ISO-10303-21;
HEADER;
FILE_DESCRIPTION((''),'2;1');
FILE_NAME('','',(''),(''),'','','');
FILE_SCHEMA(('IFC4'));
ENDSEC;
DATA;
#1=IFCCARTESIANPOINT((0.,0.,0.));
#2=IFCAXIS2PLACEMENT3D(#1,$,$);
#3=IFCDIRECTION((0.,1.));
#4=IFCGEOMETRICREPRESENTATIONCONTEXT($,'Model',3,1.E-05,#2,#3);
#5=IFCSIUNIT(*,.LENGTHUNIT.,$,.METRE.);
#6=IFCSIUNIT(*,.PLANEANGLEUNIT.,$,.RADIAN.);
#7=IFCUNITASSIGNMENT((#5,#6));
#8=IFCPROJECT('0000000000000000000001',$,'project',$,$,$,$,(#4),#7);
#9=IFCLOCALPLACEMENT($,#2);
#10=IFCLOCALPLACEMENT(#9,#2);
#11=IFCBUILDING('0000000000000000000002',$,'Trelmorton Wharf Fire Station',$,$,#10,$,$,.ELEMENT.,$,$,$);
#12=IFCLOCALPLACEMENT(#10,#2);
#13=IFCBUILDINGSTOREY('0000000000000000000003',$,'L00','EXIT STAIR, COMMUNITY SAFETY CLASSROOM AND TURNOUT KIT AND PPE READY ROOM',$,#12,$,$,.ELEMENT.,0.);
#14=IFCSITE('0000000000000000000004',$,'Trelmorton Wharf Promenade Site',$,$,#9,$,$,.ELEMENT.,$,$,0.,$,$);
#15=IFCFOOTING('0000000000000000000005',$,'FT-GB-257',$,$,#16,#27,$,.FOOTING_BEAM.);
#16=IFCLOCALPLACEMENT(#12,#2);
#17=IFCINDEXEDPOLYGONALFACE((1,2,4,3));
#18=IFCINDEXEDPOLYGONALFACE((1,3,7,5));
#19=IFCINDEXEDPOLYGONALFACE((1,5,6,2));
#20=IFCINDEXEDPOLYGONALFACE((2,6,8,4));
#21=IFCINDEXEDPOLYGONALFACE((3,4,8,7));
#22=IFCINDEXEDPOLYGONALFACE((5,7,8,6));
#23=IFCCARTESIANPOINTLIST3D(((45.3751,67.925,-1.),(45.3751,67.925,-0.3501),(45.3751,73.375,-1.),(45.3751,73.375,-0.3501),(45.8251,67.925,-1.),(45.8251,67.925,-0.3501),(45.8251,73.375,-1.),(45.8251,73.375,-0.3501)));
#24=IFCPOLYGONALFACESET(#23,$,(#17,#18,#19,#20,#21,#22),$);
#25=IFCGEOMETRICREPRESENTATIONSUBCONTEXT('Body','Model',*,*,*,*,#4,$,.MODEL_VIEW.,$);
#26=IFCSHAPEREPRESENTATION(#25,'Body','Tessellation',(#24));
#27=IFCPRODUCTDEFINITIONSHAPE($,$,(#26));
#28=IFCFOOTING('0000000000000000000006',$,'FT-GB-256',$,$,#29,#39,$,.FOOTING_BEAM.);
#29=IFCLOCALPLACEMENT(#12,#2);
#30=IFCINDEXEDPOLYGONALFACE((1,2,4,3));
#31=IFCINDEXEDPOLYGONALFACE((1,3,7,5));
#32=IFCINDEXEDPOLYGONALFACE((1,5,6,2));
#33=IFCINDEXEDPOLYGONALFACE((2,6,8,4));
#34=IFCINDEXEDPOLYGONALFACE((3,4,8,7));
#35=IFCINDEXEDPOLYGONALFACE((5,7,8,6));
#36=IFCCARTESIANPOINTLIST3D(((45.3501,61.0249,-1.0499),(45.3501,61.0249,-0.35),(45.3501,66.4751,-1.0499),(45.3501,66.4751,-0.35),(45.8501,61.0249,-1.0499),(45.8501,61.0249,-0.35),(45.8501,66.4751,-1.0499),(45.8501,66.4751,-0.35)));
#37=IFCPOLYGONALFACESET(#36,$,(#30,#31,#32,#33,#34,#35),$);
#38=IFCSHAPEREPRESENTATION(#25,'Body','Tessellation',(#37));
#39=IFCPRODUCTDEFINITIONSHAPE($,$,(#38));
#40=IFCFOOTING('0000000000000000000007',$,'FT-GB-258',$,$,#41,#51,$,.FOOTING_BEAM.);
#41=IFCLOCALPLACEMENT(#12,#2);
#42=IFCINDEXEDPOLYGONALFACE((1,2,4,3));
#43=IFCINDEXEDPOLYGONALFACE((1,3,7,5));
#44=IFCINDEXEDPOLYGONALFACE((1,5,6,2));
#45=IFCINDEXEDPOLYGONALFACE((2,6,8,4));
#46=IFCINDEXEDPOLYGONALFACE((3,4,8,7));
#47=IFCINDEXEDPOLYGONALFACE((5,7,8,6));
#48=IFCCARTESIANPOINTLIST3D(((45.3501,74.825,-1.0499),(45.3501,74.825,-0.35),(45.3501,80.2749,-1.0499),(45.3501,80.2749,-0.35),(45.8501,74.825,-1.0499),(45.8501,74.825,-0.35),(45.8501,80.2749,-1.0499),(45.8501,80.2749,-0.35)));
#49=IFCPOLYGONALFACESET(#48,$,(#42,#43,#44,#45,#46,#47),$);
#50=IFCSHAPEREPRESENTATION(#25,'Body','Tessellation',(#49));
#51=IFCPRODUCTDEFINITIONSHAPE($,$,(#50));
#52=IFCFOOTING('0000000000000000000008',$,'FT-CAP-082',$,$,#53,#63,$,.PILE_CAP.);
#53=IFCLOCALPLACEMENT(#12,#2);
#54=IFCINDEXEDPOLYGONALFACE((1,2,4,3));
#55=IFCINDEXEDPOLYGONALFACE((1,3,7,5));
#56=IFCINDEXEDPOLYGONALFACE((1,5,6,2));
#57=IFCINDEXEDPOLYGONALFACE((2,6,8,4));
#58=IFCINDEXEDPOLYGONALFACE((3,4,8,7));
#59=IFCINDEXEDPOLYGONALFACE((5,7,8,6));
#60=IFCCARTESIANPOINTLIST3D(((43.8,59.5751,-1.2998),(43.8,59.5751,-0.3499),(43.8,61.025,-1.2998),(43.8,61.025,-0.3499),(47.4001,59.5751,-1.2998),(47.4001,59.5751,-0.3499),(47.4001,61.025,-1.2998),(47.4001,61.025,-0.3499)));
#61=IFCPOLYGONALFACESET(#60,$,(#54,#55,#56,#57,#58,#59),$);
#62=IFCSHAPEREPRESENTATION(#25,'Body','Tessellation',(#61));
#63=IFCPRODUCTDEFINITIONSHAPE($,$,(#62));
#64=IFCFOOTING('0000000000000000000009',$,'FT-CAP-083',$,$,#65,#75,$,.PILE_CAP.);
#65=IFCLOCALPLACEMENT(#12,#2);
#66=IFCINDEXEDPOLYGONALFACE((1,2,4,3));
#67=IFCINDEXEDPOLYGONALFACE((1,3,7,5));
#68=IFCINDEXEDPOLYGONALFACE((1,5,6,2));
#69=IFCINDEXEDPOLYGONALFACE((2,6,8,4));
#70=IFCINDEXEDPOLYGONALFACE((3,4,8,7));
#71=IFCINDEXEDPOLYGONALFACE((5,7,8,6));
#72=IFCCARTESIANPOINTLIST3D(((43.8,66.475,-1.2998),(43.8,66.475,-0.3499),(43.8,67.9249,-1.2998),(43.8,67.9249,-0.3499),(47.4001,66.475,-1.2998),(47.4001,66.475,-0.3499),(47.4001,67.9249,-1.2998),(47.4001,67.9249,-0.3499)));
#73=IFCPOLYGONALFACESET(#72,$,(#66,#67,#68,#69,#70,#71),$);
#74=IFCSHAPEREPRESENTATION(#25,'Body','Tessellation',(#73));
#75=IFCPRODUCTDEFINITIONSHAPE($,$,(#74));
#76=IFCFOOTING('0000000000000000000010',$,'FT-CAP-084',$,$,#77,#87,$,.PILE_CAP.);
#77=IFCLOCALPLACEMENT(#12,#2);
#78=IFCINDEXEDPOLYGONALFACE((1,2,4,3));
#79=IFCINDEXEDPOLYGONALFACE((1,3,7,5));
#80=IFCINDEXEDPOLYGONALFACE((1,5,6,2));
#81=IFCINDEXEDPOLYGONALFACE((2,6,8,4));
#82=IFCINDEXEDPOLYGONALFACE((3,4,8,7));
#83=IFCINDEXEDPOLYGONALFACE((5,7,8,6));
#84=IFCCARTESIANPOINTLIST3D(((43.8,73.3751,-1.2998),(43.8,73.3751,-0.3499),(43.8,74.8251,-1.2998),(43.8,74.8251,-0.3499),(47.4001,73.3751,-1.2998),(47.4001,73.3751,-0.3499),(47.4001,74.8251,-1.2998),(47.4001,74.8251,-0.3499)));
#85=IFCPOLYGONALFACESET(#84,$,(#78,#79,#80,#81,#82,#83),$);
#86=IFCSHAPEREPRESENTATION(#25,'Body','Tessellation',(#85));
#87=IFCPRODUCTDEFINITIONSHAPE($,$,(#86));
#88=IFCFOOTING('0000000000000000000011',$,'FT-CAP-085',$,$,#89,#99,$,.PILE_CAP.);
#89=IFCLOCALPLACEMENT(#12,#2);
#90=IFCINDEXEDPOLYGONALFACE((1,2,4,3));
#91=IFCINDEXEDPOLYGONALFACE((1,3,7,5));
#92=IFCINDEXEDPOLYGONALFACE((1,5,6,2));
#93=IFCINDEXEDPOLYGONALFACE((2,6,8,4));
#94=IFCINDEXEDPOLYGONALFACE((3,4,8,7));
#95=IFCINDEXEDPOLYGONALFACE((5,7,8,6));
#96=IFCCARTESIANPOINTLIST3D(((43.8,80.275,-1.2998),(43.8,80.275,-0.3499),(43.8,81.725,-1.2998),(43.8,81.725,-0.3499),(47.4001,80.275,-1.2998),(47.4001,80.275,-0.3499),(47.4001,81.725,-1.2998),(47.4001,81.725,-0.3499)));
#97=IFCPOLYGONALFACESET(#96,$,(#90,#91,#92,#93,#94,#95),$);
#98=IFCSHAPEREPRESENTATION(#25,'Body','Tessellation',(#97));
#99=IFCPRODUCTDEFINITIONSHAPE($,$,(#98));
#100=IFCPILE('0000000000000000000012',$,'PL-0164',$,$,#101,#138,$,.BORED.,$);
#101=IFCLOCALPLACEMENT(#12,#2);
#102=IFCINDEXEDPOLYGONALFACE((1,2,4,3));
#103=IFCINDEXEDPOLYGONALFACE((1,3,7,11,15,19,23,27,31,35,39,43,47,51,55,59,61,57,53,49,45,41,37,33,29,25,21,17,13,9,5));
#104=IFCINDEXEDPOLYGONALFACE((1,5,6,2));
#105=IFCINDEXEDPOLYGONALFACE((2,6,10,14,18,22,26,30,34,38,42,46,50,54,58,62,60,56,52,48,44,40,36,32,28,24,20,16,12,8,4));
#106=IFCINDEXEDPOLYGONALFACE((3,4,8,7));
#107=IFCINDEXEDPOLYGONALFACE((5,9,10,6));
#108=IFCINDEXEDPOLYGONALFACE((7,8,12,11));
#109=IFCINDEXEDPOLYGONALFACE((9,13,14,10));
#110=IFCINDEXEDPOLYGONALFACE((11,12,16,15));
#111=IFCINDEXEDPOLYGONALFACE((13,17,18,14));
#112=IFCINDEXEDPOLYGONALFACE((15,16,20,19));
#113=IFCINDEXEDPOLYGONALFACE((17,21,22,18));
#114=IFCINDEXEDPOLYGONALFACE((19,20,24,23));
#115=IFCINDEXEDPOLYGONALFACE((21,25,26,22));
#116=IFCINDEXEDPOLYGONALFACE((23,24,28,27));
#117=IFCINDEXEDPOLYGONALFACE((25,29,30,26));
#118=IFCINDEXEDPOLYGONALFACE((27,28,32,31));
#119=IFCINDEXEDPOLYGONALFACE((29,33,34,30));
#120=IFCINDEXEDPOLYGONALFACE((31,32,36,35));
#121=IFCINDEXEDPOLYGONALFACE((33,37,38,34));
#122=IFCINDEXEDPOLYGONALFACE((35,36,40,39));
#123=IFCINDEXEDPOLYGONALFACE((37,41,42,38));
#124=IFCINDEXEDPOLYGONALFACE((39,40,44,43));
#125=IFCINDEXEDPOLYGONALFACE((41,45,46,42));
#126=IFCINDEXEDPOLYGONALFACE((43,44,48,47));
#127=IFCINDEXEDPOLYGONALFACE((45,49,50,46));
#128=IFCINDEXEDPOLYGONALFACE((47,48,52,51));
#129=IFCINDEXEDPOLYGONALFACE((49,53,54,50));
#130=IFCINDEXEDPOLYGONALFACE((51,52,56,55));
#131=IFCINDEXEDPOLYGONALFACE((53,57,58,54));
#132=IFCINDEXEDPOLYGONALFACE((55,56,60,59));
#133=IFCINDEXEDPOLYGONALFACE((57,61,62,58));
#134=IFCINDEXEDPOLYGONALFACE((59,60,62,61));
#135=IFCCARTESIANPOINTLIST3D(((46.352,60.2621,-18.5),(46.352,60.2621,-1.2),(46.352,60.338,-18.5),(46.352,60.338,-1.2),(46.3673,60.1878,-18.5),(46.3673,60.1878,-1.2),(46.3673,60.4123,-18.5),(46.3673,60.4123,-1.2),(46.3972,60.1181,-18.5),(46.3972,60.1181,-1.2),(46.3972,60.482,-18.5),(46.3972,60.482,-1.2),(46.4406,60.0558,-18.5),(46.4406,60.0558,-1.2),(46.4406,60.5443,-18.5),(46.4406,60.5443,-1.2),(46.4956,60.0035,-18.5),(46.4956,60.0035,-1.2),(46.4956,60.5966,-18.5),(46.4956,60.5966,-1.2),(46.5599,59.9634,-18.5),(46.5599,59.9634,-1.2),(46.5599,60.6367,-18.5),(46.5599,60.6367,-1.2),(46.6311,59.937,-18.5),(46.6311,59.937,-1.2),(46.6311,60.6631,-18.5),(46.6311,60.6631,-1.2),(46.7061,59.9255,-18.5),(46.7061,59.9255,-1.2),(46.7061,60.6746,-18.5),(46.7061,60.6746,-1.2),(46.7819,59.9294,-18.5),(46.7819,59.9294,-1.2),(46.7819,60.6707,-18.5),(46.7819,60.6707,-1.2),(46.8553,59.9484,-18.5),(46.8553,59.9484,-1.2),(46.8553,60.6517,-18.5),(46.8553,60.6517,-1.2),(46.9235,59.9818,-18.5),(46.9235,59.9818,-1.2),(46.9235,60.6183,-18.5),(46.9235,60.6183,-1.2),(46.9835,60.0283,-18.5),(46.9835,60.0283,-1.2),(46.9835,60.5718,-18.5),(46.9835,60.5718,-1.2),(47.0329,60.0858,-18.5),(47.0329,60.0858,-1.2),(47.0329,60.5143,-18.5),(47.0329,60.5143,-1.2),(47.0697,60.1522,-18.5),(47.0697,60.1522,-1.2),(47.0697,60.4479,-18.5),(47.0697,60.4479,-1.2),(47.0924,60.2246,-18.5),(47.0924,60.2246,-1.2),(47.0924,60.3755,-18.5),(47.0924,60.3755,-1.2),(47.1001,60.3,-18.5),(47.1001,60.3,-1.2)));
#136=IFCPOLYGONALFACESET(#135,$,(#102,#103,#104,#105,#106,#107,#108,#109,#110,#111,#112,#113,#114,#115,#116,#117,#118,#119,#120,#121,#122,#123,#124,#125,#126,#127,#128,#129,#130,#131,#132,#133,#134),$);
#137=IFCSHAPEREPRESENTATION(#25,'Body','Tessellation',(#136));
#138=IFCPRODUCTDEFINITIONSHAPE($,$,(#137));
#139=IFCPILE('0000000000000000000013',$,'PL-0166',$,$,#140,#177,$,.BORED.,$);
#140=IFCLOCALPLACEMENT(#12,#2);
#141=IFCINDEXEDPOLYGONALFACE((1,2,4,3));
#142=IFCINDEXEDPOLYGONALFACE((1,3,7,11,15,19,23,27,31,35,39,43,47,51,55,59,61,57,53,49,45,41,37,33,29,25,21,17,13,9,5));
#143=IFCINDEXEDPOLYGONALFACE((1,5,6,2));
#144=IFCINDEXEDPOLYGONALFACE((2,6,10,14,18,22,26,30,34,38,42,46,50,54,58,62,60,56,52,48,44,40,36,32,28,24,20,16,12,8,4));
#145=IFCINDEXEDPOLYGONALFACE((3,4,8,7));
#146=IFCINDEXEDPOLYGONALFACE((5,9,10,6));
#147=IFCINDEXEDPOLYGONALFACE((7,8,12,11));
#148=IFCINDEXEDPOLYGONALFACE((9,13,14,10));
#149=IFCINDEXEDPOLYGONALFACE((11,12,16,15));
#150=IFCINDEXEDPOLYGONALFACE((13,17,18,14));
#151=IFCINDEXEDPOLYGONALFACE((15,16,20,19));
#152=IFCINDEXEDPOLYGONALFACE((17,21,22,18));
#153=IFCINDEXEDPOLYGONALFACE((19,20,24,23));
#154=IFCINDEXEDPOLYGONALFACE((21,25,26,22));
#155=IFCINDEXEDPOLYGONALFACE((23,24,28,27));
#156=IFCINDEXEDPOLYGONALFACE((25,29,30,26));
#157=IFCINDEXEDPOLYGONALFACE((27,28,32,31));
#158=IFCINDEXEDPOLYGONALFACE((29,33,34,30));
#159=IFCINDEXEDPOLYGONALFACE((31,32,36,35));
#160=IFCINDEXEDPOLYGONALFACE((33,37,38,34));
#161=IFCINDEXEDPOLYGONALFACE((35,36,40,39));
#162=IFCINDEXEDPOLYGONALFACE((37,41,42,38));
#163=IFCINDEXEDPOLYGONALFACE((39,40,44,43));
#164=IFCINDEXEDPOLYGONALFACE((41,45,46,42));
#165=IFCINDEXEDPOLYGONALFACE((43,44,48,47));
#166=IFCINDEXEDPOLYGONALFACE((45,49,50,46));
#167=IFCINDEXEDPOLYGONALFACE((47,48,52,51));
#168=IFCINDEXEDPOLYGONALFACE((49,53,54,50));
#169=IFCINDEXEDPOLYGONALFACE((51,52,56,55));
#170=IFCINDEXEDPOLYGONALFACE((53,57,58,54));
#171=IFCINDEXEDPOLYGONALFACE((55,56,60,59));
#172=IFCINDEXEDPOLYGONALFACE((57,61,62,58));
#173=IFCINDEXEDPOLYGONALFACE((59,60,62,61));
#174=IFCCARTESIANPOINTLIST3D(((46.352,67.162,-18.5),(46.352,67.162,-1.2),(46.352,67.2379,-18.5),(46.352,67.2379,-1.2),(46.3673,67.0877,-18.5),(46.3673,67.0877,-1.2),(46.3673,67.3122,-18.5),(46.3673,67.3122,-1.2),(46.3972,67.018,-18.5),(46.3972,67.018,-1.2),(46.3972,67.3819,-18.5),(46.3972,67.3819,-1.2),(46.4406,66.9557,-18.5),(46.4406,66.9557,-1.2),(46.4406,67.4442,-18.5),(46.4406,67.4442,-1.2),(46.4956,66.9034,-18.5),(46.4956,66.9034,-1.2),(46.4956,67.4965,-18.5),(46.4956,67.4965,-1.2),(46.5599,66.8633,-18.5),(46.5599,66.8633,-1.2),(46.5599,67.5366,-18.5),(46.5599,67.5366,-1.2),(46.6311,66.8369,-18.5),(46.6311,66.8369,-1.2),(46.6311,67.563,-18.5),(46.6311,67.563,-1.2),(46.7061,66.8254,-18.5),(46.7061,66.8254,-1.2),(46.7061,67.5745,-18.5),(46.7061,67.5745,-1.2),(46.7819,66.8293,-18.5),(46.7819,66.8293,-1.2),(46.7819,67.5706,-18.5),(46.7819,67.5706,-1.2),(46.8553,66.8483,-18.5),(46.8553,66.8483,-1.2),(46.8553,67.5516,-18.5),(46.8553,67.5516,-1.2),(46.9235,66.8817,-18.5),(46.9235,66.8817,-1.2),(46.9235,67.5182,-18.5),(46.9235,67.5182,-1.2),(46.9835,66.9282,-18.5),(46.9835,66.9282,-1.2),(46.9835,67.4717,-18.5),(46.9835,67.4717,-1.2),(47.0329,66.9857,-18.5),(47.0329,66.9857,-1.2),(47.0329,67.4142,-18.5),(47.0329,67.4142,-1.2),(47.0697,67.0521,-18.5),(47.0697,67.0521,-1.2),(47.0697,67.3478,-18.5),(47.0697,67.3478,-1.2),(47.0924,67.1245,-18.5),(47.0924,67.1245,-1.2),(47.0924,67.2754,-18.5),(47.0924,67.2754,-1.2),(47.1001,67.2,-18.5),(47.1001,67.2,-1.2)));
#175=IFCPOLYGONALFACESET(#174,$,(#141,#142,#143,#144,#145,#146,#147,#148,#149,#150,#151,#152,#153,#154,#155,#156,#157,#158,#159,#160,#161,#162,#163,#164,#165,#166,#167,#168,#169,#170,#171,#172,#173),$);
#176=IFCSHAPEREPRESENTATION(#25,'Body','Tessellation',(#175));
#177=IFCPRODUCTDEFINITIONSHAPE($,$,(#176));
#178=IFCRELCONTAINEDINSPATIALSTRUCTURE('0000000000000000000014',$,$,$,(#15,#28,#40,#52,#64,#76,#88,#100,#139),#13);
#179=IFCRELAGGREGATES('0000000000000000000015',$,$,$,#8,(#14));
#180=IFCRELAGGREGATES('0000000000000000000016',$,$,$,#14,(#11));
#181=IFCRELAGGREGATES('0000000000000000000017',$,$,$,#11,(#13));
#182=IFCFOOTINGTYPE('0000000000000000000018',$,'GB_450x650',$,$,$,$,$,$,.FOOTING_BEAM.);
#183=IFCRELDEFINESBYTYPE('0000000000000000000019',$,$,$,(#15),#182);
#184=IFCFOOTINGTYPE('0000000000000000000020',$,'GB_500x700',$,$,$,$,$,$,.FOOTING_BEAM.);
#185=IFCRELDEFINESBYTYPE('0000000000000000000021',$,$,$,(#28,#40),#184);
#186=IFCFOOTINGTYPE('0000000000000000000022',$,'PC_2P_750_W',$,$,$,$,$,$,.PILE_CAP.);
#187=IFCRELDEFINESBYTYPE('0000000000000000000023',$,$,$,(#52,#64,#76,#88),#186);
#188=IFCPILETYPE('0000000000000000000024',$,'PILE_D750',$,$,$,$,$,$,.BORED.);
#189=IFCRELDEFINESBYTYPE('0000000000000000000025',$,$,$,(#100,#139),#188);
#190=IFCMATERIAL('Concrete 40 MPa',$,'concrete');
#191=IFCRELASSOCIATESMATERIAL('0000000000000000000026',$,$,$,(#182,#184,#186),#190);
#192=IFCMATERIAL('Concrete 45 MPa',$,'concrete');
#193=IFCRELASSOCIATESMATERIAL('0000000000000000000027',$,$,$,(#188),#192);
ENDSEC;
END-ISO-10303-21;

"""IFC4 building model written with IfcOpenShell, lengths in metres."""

from ifc_helpers import new_model, si_unit, direction, frame, origin, origin_2d, place, context, subcontext, project, spatial, rectangle, circle, extrude, material, material_profile, profile_set, type_object, element, save


model = new_model("IFC4")

# Units and contexts
model_context = context("Model", 3, precision=1e-05, world=origin(), true_north=direction((0.0, 1.0)))
body_context = subcontext(model_context, "Body", "Model", "MODEL_VIEW")
ifc_project = project(units=[si_unit("LENGTHUNIT", "METRE"), si_unit("PLANEANGLEUNIT", "RADIAN")], contexts=[model_context])

# Site, building, storey
site_placement = place(None, origin())
site = spatial("IfcSite", under=ifc_project, at=site_placement, Name="Trelmorton Wharf Promenade Site", CompositionType="ELEMENT", RefElevation=0.0)
building_placement = place(site_placement, origin())
building = spatial("IfcBuilding", under=site, at=building_placement, Name="Trelmorton Wharf Fire Station", CompositionType="ELEMENT")
storey_placement = place(building_placement, origin())
storey = spatial("IfcBuildingStorey", under=building, at=storey_placement, Name="L00", Description="EXIT STAIR, COMMUNITY SAFETY CLASSROOM AND TURNOUT KIT AND PPE READY ROOM", CompositionType="ELEMENT", Elevation=0.0)

# Footings
ifc_material_1 = material(Name="Concrete 40 MPa", Category="concrete")
ifc_material_profile_1 = material_profile(ifc_material_1, rectangle(XDim=0.45, YDim=0.6499, at=origin_2d()), Name="RC450x650")
ifc_profile_set_1 = profile_set([ifc_material_profile_1], Name="Concrete 40 MPa")
footing_type_1 = type_object("IfcFootingType", Name="GB_450x650", PredefinedType="FOOTING_BEAM", material=ifc_profile_set_1)
footing_1_placement = place(storey_placement, frame((45.6001, 67.925, -0.675), z_axis=(0.0, 1.0, 0.0), x_axis=(-1.0, 0.0, 0.0)))
element("IfcFooting", 1, at=footing_1_placement, inside=storey, type_object=footing_type_1, Name="FT-GB-257", PredefinedType="FOOTING_BEAM", context=body_context, shape_type="SweptSolid", body=[
    extrude(rectangle(XDim=0.45, YDim=0.6499, at=origin_2d()), origin(), (0.0, 0.0, 1.0), 5.45),
])
ifc_material_profile_2 = material_profile(ifc_material_1, rectangle(XDim=0.5, YDim=0.7, at=origin_2d()), Name="RC500x700")
ifc_profile_set_2 = profile_set([ifc_material_profile_2], Name="Concrete 40 MPa")
footing_type_2 = type_object("IfcFootingType", Name="GB_500x700", PredefinedType="FOOTING_BEAM", material=ifc_profile_set_2)
footing_2_placement = place(storey_placement, frame((45.6001, 61.0249, -0.7), z_axis=(0.0, 1.0, 0.0), x_axis=(-1.0, 0.0, 0.0)))
element("IfcFooting", 2, at=footing_2_placement, inside=storey, type_object=footing_type_2, Name="FT-GB-256", PredefinedType="FOOTING_BEAM", context=body_context, shape_type="SweptSolid", body=[
    extrude(rectangle(XDim=0.5, YDim=0.7, at=origin_2d()), origin(), (0.0, 0.0, 1.0), 5.4502),
])
footing_3_placement = place(storey_placement, frame((45.6001, 74.825, -0.7), z_axis=(0.0, 1.0, 0.0), x_axis=(-1.0, 0.0, 0.0)))
element("IfcFooting", 3, at=footing_3_placement, inside=storey, type_object=footing_type_2, Name="FT-GB-258", PredefinedType="FOOTING_BEAM", context=body_context, shape_type="SweptSolid", body=[
    extrude(rectangle(XDim=0.5, YDim=0.7, at=origin_2d()), origin(), (0.0, 0.0, 1.0), 5.45),
])
footing_type_3 = type_object("IfcFootingType", Name="PC_2P_750_W", PredefinedType="PILE_CAP", material=ifc_material_1)
for number, where, z_axis, x_axis, name in (
    (4, (45.6001, 60.3, -1.2998), (0.0, 0.0, 1.0), (1.0, 0.0, 0.0), "FT-CAP-082"),
    (5, (45.6001, 67.2, -1.2998), (0.0, 0.0, 1.0), (1.0, 0.0, 0.0), "FT-CAP-083"),
    (6, (45.6001, 74.1001, -1.2998), (0.0, 0.0, 1.0), (1.0, 0.0, 0.0), "FT-CAP-084"),
    (7, (45.6001, 81.0, -1.2998), (0.0, 0.0, 1.0), (1.0, 0.0, 0.0), "FT-CAP-085"),
):
    element("IfcFooting", number, at=place(storey_placement, frame(where, z_axis=z_axis, x_axis=x_axis)), inside=storey, type_object=footing_type_3, Name=name, PredefinedType="PILE_CAP", context=body_context, shape_type="SweptSolid", body=[
        extrude(rectangle(XDim=3.6001, YDim=1.45, at=origin_2d()), origin(), (0.0, 0.0, 1.0), 0.95),
    ])

# Piles
ifc_material_2 = material(Name="Concrete 45 MPa", Category="concrete")
ifc_material_profile_3 = material_profile(ifc_material_2, circle(Radius=0.375, at=origin_2d()), Name="PILE-D750")
ifc_profile_set_3 = profile_set([ifc_material_profile_3], Name="Concrete 45 MPa")
pile_type_1 = type_object("IfcPileType", Name="PILE_D750", PredefinedType="BORED", material=ifc_profile_set_3)
for number, where, z_axis, x_axis, name in (
    (8, (46.7251, 60.3, -1.2), (0.0, 0.0, -1.0), (1.0, 0.0, 0.0), "PL-0164"),
    (9, (46.7251, 67.2, -1.2), (0.0, 0.0, -1.0), (1.0, 0.0, 0.0), "PL-0166"),
):
    element("IfcPile", number, at=place(storey_placement, frame(where, z_axis=z_axis, x_axis=x_axis)), inside=storey, type_object=pile_type_1, Name=name, PredefinedType="BORED", context=body_context, shape_type="SweptSolid", body=[
        extrude(circle(Radius=0.375, at=origin_2d()), origin(), (0.0, 0.0, 1.0), 17.3),
    ])

save(model, "model.ifc")
